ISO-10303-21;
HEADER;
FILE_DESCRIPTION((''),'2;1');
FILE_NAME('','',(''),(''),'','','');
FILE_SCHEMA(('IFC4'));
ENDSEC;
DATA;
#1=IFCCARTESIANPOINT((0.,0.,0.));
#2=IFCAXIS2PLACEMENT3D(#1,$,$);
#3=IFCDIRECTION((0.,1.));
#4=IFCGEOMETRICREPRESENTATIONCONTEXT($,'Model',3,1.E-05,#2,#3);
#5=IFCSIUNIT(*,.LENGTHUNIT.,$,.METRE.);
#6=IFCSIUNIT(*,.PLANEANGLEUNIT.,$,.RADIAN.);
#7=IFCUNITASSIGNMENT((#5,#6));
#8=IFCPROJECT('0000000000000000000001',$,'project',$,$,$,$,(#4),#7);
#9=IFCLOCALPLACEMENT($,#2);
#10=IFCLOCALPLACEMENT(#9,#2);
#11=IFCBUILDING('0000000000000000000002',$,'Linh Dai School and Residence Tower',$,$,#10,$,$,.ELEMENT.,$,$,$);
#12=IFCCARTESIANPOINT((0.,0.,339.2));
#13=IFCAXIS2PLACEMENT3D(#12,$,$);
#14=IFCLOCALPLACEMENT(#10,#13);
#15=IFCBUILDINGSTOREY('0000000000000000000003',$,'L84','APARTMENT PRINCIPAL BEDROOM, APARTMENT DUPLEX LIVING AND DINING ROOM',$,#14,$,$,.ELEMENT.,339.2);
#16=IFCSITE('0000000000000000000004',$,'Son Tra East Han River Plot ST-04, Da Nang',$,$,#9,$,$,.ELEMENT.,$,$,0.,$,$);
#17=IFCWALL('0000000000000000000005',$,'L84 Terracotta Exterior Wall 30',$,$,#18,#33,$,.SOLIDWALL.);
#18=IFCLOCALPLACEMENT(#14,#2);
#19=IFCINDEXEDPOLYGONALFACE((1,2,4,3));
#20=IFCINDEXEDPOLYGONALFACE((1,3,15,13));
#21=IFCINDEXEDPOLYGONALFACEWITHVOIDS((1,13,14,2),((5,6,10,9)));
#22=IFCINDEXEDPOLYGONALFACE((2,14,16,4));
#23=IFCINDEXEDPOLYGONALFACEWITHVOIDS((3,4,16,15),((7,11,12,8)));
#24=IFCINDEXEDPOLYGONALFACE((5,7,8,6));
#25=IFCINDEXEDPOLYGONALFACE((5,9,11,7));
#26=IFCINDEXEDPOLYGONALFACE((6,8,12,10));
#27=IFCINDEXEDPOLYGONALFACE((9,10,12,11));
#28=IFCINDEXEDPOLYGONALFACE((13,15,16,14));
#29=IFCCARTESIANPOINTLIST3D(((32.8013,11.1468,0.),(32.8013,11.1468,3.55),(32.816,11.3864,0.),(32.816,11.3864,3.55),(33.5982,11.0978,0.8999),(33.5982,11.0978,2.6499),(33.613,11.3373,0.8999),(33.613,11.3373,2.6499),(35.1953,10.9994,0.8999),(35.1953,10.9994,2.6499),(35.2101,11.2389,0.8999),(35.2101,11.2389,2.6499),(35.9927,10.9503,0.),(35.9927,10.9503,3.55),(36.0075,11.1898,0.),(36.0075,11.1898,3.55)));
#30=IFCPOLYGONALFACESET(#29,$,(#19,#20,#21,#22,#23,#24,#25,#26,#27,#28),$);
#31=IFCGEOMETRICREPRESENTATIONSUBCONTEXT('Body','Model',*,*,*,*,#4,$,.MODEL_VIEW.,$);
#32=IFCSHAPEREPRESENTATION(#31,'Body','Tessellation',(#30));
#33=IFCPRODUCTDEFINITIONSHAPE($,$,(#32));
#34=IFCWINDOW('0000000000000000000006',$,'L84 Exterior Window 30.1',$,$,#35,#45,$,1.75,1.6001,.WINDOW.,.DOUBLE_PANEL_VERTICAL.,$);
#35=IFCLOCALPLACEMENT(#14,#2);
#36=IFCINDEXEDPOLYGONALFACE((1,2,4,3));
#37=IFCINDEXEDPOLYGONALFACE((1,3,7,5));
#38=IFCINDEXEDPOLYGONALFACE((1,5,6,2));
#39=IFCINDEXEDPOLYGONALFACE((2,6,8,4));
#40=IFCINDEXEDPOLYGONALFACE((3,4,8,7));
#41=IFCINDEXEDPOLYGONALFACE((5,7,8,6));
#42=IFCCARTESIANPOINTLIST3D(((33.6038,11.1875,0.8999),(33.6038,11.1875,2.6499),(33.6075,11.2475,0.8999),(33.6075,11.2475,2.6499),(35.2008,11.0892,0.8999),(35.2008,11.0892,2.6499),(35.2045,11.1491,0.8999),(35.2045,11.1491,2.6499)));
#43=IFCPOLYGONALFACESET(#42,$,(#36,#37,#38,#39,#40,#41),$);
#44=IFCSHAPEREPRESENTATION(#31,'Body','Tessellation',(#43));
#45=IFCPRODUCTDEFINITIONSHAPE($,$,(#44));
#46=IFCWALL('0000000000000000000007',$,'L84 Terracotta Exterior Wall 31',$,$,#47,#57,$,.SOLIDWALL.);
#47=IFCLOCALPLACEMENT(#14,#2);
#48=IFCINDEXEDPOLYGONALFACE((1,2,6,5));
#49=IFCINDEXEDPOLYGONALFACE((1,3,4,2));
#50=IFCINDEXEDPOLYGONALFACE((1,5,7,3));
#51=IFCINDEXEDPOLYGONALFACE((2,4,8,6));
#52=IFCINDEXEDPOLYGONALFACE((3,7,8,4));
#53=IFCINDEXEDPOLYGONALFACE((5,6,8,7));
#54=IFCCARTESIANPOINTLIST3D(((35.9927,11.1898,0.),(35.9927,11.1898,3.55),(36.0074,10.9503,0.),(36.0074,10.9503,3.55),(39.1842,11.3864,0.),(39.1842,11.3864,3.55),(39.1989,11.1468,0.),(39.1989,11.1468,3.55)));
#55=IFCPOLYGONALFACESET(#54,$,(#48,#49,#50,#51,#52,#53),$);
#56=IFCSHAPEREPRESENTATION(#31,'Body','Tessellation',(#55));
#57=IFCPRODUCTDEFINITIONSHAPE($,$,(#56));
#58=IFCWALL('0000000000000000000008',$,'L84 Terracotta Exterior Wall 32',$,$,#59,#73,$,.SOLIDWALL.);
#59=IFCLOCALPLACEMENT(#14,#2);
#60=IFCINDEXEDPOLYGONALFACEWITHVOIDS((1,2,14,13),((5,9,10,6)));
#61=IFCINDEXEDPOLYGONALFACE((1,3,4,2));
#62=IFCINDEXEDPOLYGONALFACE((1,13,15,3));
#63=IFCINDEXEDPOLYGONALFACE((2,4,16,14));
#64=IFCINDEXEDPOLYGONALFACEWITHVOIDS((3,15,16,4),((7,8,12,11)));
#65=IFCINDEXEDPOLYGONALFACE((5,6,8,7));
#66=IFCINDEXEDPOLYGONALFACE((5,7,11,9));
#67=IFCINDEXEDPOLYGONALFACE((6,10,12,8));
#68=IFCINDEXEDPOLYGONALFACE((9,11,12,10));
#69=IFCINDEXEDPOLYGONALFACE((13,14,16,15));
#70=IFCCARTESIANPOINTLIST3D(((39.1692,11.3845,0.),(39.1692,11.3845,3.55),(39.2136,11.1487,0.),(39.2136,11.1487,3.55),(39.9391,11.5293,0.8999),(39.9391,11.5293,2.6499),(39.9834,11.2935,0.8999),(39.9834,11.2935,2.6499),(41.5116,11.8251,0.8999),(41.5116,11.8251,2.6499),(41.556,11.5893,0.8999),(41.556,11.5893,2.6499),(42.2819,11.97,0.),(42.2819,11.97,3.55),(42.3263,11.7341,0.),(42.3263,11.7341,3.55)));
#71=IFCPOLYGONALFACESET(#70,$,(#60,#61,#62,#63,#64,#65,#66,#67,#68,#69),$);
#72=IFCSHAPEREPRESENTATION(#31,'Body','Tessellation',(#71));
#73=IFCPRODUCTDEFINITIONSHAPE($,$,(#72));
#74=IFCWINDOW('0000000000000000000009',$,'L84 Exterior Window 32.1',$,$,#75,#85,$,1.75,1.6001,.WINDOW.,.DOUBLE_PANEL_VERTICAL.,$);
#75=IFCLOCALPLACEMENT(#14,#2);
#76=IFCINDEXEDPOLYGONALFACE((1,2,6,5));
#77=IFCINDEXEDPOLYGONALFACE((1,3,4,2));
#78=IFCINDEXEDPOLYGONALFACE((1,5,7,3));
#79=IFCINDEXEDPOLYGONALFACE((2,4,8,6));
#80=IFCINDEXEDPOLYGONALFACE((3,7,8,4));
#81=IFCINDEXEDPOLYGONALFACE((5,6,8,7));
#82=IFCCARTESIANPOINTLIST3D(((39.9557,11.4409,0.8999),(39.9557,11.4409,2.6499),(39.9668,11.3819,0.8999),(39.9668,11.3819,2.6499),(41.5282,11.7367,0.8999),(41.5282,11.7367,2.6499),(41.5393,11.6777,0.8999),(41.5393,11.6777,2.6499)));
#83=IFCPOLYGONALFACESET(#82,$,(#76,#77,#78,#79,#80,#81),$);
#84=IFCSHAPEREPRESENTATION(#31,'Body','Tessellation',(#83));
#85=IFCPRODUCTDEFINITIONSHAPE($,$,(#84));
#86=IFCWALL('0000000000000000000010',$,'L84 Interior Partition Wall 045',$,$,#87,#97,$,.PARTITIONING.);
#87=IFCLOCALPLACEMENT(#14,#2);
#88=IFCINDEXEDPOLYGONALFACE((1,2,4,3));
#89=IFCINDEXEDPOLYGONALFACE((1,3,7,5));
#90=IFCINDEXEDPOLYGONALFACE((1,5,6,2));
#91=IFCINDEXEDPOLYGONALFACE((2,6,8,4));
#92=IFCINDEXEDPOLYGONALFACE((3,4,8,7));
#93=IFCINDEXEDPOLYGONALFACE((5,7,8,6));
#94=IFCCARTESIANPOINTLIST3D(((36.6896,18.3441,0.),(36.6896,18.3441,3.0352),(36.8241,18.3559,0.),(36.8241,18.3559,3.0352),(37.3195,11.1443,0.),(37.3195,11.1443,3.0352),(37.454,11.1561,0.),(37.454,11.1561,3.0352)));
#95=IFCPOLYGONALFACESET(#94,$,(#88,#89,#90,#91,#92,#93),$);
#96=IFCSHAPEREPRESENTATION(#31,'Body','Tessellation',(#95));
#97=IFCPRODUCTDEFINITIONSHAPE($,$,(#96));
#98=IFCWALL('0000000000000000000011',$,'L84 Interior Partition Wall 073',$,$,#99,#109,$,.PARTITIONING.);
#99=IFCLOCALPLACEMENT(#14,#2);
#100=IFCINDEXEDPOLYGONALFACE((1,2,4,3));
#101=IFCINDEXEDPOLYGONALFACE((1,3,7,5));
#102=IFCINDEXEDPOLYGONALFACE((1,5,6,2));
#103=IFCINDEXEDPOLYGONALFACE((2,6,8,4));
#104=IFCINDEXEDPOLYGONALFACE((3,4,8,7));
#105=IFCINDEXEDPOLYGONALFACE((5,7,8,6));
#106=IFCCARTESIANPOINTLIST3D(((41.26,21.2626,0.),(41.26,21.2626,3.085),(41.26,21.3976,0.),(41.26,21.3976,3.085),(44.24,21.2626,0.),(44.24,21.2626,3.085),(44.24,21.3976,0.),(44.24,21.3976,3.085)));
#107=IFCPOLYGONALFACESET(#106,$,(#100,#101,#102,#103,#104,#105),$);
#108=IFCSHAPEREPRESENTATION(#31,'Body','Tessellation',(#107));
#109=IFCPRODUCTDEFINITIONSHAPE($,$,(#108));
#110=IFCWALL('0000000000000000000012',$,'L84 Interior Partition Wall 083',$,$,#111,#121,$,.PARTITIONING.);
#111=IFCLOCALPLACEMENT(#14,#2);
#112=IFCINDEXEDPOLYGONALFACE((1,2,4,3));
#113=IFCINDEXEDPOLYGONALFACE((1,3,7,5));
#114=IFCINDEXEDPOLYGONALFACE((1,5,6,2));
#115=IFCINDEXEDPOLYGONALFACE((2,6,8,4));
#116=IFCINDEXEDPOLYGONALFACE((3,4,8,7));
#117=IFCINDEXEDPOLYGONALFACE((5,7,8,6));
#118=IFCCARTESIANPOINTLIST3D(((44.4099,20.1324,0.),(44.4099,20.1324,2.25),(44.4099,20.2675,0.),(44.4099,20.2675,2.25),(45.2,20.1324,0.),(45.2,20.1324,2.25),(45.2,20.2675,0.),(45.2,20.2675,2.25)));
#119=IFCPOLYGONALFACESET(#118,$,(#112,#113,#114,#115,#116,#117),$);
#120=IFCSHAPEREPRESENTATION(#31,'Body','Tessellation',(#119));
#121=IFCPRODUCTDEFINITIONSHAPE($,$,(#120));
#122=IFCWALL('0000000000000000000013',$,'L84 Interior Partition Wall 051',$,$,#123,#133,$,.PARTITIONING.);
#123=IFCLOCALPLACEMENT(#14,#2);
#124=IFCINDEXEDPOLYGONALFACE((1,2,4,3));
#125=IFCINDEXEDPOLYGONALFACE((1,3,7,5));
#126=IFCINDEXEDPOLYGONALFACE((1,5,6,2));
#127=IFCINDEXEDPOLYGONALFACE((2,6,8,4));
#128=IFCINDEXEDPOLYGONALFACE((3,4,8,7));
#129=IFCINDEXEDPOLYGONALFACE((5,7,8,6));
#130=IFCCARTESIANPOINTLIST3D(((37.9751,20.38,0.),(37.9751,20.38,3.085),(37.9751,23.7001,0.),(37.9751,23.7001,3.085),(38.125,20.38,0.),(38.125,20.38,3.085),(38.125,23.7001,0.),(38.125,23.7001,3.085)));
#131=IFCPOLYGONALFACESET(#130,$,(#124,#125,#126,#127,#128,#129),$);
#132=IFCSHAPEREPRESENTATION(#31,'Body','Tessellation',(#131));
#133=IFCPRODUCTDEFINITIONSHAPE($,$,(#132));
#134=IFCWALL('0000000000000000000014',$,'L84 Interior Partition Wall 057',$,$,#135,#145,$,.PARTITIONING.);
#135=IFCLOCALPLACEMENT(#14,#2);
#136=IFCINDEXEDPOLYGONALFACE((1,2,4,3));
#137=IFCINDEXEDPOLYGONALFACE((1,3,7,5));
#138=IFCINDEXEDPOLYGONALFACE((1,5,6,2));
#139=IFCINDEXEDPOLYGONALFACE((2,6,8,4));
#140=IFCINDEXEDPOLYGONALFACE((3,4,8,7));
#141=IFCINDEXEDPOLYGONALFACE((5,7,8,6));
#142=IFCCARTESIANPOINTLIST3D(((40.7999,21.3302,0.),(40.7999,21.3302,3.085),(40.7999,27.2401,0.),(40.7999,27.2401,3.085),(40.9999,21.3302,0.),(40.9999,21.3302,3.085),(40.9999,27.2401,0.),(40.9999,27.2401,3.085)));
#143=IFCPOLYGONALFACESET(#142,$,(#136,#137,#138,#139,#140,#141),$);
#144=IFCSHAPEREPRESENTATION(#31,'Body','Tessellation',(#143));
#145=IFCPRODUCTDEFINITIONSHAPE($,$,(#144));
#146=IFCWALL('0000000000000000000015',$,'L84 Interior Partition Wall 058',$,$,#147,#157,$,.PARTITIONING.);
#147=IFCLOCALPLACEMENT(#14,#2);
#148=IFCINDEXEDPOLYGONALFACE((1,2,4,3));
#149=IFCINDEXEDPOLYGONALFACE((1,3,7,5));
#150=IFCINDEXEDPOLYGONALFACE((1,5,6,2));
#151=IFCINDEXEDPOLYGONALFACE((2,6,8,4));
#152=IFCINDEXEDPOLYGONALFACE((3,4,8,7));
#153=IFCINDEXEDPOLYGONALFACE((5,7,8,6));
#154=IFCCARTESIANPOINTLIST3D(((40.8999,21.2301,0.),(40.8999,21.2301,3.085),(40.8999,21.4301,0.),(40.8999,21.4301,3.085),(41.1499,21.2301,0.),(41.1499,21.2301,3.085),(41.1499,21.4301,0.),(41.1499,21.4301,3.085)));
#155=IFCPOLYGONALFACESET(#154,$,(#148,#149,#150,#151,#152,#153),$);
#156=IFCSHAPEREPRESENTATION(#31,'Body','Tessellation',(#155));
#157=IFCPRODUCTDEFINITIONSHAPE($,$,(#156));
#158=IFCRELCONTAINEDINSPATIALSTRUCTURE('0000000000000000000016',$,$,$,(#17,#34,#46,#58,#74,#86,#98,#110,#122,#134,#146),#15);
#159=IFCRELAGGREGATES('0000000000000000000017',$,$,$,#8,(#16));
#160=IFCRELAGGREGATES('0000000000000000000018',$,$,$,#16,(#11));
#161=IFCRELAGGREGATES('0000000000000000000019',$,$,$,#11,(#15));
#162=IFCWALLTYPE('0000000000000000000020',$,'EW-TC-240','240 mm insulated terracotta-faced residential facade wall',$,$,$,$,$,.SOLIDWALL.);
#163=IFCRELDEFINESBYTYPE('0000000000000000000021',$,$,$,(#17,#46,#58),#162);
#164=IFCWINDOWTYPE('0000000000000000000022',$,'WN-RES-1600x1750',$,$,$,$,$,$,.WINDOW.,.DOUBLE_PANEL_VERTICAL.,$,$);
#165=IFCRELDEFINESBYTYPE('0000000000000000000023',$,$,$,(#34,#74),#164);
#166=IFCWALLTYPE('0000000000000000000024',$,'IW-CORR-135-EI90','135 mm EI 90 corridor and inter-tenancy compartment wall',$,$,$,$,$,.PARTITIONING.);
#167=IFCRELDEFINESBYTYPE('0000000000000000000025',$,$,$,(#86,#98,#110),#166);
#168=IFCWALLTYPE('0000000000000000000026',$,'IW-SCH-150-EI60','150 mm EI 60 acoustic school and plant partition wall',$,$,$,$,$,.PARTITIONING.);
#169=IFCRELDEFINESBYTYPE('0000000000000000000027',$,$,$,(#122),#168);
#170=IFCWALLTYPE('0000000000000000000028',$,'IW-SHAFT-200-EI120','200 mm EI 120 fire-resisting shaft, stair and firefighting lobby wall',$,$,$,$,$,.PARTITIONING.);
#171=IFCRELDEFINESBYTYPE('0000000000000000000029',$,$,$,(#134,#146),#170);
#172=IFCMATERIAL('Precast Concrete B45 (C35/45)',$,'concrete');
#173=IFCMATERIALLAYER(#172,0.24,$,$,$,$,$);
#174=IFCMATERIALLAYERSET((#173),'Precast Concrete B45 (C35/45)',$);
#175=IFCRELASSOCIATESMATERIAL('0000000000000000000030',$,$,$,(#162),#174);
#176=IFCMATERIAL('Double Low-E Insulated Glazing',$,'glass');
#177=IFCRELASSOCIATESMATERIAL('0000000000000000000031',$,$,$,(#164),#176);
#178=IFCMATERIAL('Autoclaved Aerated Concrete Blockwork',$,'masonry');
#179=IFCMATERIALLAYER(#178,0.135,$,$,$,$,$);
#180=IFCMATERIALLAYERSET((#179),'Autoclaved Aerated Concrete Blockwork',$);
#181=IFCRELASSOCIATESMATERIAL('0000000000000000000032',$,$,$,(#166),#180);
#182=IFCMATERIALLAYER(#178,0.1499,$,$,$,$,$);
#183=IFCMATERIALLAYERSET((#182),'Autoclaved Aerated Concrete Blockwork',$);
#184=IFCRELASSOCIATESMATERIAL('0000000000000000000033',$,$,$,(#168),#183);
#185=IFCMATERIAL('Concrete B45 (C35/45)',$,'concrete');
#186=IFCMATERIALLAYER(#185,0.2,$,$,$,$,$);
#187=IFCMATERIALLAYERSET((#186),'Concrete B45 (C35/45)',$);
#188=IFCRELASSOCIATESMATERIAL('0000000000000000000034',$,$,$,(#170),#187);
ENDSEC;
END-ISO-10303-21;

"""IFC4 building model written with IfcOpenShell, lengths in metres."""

from ifc_helpers import new_model, si_unit, direction, frame, frame_2d, origin, origin_2d, place, context, subcontext, project, spatial, rectangle, extrude, source, transform, mapped, material, layer, layer_set, type_object, element, fill, save


model = new_model("IFC4")

# Units and contexts
model_context = context("Model", 3, precision=1e-05, world=origin(), true_north=direction((0.0, 1.0)))
body_context = subcontext(model_context, "Body", "Model", "MODEL_VIEW")
ifc_project = project(units=[si_unit("LENGTHUNIT", "METRE"), si_unit("PLANEANGLEUNIT", "RADIAN")], contexts=[model_context])

# Site, building, storey
site_placement = place(None, origin())
site = spatial("IfcSite", under=ifc_project, at=site_placement, Name="Son Tra East Han River Plot ST-04, Da Nang", CompositionType="ELEMENT", RefElevation=0.0)
building_placement = place(site_placement, origin())
building = spatial("IfcBuilding", under=site, at=building_placement, Name="Linh Dai School and Residence Tower", CompositionType="ELEMENT")
storey_placement = place(building_placement, frame((0.0, 0.0, 339.2)))
storey = spatial("IfcBuildingStorey", under=building, at=storey_placement, Name="L84", Description="APARTMENT PRINCIPAL BEDROOM, APARTMENT DUPLEX LIVING AND DINING ROOM", CompositionType="ELEMENT", Elevation=339.2)

# Shared definitions
ifc_material_1 = material(Name="Concrete B45 (C35/45)", Category="concrete")

# Wall, opening, window
ifc_material_2 = material(Name="Precast Concrete B45 (C35/45)", Category="concrete")
ifc_layer_1 = layer(ifc_material_2, 0.24)
ifc_layer_set_1 = layer_set([ifc_layer_1], Name="Precast Concrete B45 (C35/45)")
wall_type_1 = type_object("IfcWallType", Name="EW-TC-240", Description="240 mm insulated terracotta-faced residential facade wall", PredefinedType="SOLIDWALL", material=ifc_layer_set_1)
wall_1_placement = place(storey_placement, frame((36.0, 11.0701, 0.0), z_axis=(0.0, 0.0, 1.0), x_axis=(-0.998109, 0.061466, 0.0)))
wall_1 = element("IfcWall", 1, at=wall_1_placement, inside=storey, type_object=wall_type_1, Name="L84 Terracotta Exterior Wall 30", PredefinedType="SOLIDWALL", context=body_context, shape_type="SweptSolid", body=[
    extrude(rectangle(XDim=3.1975, YDim=0.24, at=frame_2d((1.5986, 0.0))), origin(), (0.0, 0.0, 1.0), 3.55),
])
opening_1_placement = place(wall_1_placement, frame((0.7988, 0.0, 0.8999)))
opening_1 = element("IfcOpeningElement", 2, at=opening_1_placement, cuts=wall_1, PredefinedType="OPENING", context=body_context, shape_type="SweptSolid", body=[
    extrude(rectangle(XDim=1.6001, YDim=1.75, at=origin_2d()), frame((0.8, 0.1299, 0.875), z_axis=(0.0, -1.0, 0.0), x_axis=(1.0, 0.0, 0.0)), (0.0, 0.0, 1.0), 0.26),
])
ifc_material_3 = material(Name="Double Low-E Insulated Glazing", Category="glass")
window_type = type_object("IfcWindowType", Name="WN-RES-1600x1750", PartitioningType="DOUBLE_PANEL_VERTICAL", PredefinedType="WINDOW", material=ifc_material_3)
shared_shape_1 = source(origin(), body_context, "Body", "SweptSolid", [
    extrude(rectangle(XDim=1.6001, YDim=1.75, at=origin_2d()), frame((0.8, 0.03, 0.875), z_axis=(0.0, -1.0, 0.0), x_axis=(1.0, 0.0, 0.0)), (0.0, 0.0, 1.0), 0.0601),
])
window_1_placement = place(opening_1_placement, origin())
window_1 = element("IfcWindow", 3, at=window_1_placement, inside=storey, type_object=window_type, Name="L84 Exterior Window 30.1", OverallHeight=1.75, OverallWidth=1.6001, PartitioningType="DOUBLE_PANEL_VERTICAL", PredefinedType="WINDOW", context=body_context, shape_type="MappedRepresentation", body=[
    mapped(shared_shape_1, transform((0.0, 0.0, 0.0), x_axis=(1.0, 0.0, 0.0), y_axis=(0.0, 1.0, 0.0), z_axis=(0.0, 0.0, 1.0), scale=1.0)),
])
fill(opening_1, window_1)

# Wall
wall_2_placement = place(storey_placement, frame((39.1914, 11.2666, 0.0), z_axis=(0.0, 0.0, 1.0), x_axis=(-0.998109, -0.061466, 0.0)))
element("IfcWall", 4, at=wall_2_placement, inside=storey, type_object=wall_type_1, Name="L84 Terracotta Exterior Wall 31", PredefinedType="SOLIDWALL", context=body_context, shape_type="SweptSolid", body=[
    extrude(rectangle(XDim=3.1975, YDim=0.24, at=frame_2d((1.5986, 0.0))), origin(), (0.0, 0.0, 1.0), 3.55),
])

# Wall, opening, window
wall_3_placement = place(storey_placement, frame((42.304, 11.8521, 0.0), z_axis=(0.0, 0.0, 1.0), x_axis=(-0.982766, -0.184852, 0.0)))
wall_3 = element("IfcWall", 5, at=wall_3_placement, inside=storey, type_object=wall_type_1, Name="L84 Terracotta Exterior Wall 32", PredefinedType="SOLIDWALL", context=body_context, shape_type="SweptSolid", body=[
    extrude(rectangle(XDim=3.1672, YDim=0.24, at=frame_2d((1.5835, 0.0))), origin(), (0.0, 0.0, 1.0), 3.55),
])
opening_2_placement = place(wall_3_placement, frame((0.7837, 0.0, 0.8999)))
opening_2 = element("IfcOpeningElement", 6, at=opening_2_placement, cuts=wall_3, PredefinedType="OPENING", context=body_context, shape_type="SweptSolid", body=[
    extrude(rectangle(XDim=1.6001, YDim=1.75, at=origin_2d()), frame((0.8, 0.1299, 0.875), z_axis=(0.0, -1.0, 0.0), x_axis=(1.0, 0.0, 0.0)), (0.0, 0.0, 1.0), 0.26),
])
window_2_placement = place(opening_2_placement, origin())
window_2 = element("IfcWindow", 7, at=window_2_placement, inside=storey, type_object=window_type, Name="L84 Exterior Window 32.1", OverallHeight=1.75, OverallWidth=1.6001, PartitioningType="DOUBLE_PANEL_VERTICAL", PredefinedType="WINDOW", context=body_context, shape_type="MappedRepresentation", body=[
    mapped(shared_shape_1, transform((0.0, 0.0, 0.0), x_axis=(1.0, 0.0, 0.0), y_axis=(0.0, 1.0, 0.0), z_axis=(0.0, 0.0, 1.0), scale=1.0)),
])
fill(opening_2, window_2)

# Walls
ifc_material_4 = material(Name="Autoclaved Aerated Concrete Blockwork", Category="masonry")
ifc_layer_2 = layer(ifc_material_4, 0.135)
ifc_layer_set_2 = layer_set([ifc_layer_2], Name="Autoclaved Aerated Concrete Blockwork")
wall_type_2 = type_object("IfcWallType", Name="IW-CORR-135-EI90", Description="135 mm EI 90 corridor and inter-tenancy compartment wall", PredefinedType="PARTITIONING", material=ifc_layer_set_2)
wall_4_placement = place(storey_placement, frame((36.7568, 18.3501, 0.0), z_axis=(0.0, 0.0, 1.0), x_axis=(0.087154, -0.996195, 0.0)))
element("IfcWall", 8, at=wall_4_placement, inside=storey, type_object=wall_type_2, Name="L84 Interior Partition Wall 045", PredefinedType="PARTITIONING", context=body_context, shape_type="SweptSolid", body=[
    extrude(rectangle(XDim=7.2273, YDim=0.135, at=frame_2d((3.6138, 0.0))), origin(), (0.0, 0.0, 1.0), 3.0352),
])
wall_5_placement = place(storey_placement, frame((44.24, 21.3301, 0.0), z_axis=(0.0, 0.0, 1.0), x_axis=(-1.0, 0.0, 0.0)))
element("IfcWall", 9, at=wall_5_placement, inside=storey, type_object=wall_type_2, Name="L84 Interior Partition Wall 073", PredefinedType="PARTITIONING", context=body_context, shape_type="SweptSolid", body=[
    extrude(rectangle(XDim=2.98, YDim=0.135, at=frame_2d((1.49, 0.0))), origin(), (0.0, 0.0, 1.0), 3.085),
])
wall_6_placement = place(storey_placement, frame((44.4099, 20.2, 0.0), z_axis=(0.0, 0.0, 1.0), x_axis=(1.0, 0.0, 0.0)))
element("IfcWall", 10, at=wall_6_placement, inside=storey, type_object=wall_type_2, Name="L84 Interior Partition Wall 083", PredefinedType="PARTITIONING", context=body_context, shape_type="SweptSolid", body=[
    extrude(rectangle(XDim=0.79, YDim=0.135, at=frame_2d((0.395, 0.0))), origin(), (0.0, 0.0, 1.0), 2.25),
])
ifc_layer_3 = layer(ifc_material_4, 0.1499)
ifc_layer_set_3 = layer_set([ifc_layer_3], Name="Autoclaved Aerated Concrete Blockwork")
wall_type_3 = type_object("IfcWallType", Name="IW-SCH-150-EI60", Description="150 mm EI 60 acoustic school and plant partition wall", PredefinedType="PARTITIONING", material=ifc_layer_set_3)
wall_7_placement = place(storey_placement, frame((38.05, 20.3799, 0.0), z_axis=(0.0, 0.0, 1.0), x_axis=(0.0, 1.0, 0.0)))
element("IfcWall", 11, at=wall_7_placement, inside=storey, type_object=wall_type_3, Name="L84 Interior Partition Wall 051", PredefinedType="PARTITIONING", context=body_context, shape_type="SweptSolid", body=[
    extrude(rectangle(XDim=3.3201, YDim=0.1499, at=frame_2d((1.6602, 0.0))), origin(), (0.0, 0.0, 1.0), 3.085),
])
ifc_layer_4 = layer(ifc_material_1, 0.2)
ifc_layer_set_4 = layer_set([ifc_layer_4], Name="Concrete B45 (C35/45)")
wall_type_4 = type_object("IfcWallType", Name="IW-SHAFT-200-EI120", Description="200 mm EI 120 fire-resisting shaft, stair and firefighting lobby wall", PredefinedType="PARTITIONING", material=ifc_layer_set_4)
wall_8_placement = place(storey_placement, frame((40.8999, 21.3301, 0.0), z_axis=(0.0, 0.0, 1.0), x_axis=(0.0, 1.0, 0.0)))
element("IfcWall", 12, at=wall_8_placement, inside=storey, type_object=wall_type_4, Name="L84 Interior Partition Wall 057", PredefinedType="PARTITIONING", context=body_context, shape_type="SweptSolid", body=[
    extrude(rectangle(XDim=5.9099, YDim=0.2, at=frame_2d((2.9551, 0.0))), origin(), (0.0, 0.0, 1.0), 3.085),
])
wall_9_placement = place(storey_placement, frame((40.8999, 21.3301, 0.0), z_axis=(0.0, 0.0, 1.0), x_axis=(1.0, 0.0, 0.0)))
element("IfcWall", 13, at=wall_9_placement, inside=storey, type_object=wall_type_4, Name="L84 Interior Partition Wall 058", PredefinedType="PARTITIONING", context=body_context, shape_type="SweptSolid", body=[
    extrude(rectangle(XDim=0.25, YDim=0.2, at=frame_2d((0.125, 0.0))), origin(), (0.0, 0.0, 1.0), 3.085),
])

save(model, "model.ifc")
